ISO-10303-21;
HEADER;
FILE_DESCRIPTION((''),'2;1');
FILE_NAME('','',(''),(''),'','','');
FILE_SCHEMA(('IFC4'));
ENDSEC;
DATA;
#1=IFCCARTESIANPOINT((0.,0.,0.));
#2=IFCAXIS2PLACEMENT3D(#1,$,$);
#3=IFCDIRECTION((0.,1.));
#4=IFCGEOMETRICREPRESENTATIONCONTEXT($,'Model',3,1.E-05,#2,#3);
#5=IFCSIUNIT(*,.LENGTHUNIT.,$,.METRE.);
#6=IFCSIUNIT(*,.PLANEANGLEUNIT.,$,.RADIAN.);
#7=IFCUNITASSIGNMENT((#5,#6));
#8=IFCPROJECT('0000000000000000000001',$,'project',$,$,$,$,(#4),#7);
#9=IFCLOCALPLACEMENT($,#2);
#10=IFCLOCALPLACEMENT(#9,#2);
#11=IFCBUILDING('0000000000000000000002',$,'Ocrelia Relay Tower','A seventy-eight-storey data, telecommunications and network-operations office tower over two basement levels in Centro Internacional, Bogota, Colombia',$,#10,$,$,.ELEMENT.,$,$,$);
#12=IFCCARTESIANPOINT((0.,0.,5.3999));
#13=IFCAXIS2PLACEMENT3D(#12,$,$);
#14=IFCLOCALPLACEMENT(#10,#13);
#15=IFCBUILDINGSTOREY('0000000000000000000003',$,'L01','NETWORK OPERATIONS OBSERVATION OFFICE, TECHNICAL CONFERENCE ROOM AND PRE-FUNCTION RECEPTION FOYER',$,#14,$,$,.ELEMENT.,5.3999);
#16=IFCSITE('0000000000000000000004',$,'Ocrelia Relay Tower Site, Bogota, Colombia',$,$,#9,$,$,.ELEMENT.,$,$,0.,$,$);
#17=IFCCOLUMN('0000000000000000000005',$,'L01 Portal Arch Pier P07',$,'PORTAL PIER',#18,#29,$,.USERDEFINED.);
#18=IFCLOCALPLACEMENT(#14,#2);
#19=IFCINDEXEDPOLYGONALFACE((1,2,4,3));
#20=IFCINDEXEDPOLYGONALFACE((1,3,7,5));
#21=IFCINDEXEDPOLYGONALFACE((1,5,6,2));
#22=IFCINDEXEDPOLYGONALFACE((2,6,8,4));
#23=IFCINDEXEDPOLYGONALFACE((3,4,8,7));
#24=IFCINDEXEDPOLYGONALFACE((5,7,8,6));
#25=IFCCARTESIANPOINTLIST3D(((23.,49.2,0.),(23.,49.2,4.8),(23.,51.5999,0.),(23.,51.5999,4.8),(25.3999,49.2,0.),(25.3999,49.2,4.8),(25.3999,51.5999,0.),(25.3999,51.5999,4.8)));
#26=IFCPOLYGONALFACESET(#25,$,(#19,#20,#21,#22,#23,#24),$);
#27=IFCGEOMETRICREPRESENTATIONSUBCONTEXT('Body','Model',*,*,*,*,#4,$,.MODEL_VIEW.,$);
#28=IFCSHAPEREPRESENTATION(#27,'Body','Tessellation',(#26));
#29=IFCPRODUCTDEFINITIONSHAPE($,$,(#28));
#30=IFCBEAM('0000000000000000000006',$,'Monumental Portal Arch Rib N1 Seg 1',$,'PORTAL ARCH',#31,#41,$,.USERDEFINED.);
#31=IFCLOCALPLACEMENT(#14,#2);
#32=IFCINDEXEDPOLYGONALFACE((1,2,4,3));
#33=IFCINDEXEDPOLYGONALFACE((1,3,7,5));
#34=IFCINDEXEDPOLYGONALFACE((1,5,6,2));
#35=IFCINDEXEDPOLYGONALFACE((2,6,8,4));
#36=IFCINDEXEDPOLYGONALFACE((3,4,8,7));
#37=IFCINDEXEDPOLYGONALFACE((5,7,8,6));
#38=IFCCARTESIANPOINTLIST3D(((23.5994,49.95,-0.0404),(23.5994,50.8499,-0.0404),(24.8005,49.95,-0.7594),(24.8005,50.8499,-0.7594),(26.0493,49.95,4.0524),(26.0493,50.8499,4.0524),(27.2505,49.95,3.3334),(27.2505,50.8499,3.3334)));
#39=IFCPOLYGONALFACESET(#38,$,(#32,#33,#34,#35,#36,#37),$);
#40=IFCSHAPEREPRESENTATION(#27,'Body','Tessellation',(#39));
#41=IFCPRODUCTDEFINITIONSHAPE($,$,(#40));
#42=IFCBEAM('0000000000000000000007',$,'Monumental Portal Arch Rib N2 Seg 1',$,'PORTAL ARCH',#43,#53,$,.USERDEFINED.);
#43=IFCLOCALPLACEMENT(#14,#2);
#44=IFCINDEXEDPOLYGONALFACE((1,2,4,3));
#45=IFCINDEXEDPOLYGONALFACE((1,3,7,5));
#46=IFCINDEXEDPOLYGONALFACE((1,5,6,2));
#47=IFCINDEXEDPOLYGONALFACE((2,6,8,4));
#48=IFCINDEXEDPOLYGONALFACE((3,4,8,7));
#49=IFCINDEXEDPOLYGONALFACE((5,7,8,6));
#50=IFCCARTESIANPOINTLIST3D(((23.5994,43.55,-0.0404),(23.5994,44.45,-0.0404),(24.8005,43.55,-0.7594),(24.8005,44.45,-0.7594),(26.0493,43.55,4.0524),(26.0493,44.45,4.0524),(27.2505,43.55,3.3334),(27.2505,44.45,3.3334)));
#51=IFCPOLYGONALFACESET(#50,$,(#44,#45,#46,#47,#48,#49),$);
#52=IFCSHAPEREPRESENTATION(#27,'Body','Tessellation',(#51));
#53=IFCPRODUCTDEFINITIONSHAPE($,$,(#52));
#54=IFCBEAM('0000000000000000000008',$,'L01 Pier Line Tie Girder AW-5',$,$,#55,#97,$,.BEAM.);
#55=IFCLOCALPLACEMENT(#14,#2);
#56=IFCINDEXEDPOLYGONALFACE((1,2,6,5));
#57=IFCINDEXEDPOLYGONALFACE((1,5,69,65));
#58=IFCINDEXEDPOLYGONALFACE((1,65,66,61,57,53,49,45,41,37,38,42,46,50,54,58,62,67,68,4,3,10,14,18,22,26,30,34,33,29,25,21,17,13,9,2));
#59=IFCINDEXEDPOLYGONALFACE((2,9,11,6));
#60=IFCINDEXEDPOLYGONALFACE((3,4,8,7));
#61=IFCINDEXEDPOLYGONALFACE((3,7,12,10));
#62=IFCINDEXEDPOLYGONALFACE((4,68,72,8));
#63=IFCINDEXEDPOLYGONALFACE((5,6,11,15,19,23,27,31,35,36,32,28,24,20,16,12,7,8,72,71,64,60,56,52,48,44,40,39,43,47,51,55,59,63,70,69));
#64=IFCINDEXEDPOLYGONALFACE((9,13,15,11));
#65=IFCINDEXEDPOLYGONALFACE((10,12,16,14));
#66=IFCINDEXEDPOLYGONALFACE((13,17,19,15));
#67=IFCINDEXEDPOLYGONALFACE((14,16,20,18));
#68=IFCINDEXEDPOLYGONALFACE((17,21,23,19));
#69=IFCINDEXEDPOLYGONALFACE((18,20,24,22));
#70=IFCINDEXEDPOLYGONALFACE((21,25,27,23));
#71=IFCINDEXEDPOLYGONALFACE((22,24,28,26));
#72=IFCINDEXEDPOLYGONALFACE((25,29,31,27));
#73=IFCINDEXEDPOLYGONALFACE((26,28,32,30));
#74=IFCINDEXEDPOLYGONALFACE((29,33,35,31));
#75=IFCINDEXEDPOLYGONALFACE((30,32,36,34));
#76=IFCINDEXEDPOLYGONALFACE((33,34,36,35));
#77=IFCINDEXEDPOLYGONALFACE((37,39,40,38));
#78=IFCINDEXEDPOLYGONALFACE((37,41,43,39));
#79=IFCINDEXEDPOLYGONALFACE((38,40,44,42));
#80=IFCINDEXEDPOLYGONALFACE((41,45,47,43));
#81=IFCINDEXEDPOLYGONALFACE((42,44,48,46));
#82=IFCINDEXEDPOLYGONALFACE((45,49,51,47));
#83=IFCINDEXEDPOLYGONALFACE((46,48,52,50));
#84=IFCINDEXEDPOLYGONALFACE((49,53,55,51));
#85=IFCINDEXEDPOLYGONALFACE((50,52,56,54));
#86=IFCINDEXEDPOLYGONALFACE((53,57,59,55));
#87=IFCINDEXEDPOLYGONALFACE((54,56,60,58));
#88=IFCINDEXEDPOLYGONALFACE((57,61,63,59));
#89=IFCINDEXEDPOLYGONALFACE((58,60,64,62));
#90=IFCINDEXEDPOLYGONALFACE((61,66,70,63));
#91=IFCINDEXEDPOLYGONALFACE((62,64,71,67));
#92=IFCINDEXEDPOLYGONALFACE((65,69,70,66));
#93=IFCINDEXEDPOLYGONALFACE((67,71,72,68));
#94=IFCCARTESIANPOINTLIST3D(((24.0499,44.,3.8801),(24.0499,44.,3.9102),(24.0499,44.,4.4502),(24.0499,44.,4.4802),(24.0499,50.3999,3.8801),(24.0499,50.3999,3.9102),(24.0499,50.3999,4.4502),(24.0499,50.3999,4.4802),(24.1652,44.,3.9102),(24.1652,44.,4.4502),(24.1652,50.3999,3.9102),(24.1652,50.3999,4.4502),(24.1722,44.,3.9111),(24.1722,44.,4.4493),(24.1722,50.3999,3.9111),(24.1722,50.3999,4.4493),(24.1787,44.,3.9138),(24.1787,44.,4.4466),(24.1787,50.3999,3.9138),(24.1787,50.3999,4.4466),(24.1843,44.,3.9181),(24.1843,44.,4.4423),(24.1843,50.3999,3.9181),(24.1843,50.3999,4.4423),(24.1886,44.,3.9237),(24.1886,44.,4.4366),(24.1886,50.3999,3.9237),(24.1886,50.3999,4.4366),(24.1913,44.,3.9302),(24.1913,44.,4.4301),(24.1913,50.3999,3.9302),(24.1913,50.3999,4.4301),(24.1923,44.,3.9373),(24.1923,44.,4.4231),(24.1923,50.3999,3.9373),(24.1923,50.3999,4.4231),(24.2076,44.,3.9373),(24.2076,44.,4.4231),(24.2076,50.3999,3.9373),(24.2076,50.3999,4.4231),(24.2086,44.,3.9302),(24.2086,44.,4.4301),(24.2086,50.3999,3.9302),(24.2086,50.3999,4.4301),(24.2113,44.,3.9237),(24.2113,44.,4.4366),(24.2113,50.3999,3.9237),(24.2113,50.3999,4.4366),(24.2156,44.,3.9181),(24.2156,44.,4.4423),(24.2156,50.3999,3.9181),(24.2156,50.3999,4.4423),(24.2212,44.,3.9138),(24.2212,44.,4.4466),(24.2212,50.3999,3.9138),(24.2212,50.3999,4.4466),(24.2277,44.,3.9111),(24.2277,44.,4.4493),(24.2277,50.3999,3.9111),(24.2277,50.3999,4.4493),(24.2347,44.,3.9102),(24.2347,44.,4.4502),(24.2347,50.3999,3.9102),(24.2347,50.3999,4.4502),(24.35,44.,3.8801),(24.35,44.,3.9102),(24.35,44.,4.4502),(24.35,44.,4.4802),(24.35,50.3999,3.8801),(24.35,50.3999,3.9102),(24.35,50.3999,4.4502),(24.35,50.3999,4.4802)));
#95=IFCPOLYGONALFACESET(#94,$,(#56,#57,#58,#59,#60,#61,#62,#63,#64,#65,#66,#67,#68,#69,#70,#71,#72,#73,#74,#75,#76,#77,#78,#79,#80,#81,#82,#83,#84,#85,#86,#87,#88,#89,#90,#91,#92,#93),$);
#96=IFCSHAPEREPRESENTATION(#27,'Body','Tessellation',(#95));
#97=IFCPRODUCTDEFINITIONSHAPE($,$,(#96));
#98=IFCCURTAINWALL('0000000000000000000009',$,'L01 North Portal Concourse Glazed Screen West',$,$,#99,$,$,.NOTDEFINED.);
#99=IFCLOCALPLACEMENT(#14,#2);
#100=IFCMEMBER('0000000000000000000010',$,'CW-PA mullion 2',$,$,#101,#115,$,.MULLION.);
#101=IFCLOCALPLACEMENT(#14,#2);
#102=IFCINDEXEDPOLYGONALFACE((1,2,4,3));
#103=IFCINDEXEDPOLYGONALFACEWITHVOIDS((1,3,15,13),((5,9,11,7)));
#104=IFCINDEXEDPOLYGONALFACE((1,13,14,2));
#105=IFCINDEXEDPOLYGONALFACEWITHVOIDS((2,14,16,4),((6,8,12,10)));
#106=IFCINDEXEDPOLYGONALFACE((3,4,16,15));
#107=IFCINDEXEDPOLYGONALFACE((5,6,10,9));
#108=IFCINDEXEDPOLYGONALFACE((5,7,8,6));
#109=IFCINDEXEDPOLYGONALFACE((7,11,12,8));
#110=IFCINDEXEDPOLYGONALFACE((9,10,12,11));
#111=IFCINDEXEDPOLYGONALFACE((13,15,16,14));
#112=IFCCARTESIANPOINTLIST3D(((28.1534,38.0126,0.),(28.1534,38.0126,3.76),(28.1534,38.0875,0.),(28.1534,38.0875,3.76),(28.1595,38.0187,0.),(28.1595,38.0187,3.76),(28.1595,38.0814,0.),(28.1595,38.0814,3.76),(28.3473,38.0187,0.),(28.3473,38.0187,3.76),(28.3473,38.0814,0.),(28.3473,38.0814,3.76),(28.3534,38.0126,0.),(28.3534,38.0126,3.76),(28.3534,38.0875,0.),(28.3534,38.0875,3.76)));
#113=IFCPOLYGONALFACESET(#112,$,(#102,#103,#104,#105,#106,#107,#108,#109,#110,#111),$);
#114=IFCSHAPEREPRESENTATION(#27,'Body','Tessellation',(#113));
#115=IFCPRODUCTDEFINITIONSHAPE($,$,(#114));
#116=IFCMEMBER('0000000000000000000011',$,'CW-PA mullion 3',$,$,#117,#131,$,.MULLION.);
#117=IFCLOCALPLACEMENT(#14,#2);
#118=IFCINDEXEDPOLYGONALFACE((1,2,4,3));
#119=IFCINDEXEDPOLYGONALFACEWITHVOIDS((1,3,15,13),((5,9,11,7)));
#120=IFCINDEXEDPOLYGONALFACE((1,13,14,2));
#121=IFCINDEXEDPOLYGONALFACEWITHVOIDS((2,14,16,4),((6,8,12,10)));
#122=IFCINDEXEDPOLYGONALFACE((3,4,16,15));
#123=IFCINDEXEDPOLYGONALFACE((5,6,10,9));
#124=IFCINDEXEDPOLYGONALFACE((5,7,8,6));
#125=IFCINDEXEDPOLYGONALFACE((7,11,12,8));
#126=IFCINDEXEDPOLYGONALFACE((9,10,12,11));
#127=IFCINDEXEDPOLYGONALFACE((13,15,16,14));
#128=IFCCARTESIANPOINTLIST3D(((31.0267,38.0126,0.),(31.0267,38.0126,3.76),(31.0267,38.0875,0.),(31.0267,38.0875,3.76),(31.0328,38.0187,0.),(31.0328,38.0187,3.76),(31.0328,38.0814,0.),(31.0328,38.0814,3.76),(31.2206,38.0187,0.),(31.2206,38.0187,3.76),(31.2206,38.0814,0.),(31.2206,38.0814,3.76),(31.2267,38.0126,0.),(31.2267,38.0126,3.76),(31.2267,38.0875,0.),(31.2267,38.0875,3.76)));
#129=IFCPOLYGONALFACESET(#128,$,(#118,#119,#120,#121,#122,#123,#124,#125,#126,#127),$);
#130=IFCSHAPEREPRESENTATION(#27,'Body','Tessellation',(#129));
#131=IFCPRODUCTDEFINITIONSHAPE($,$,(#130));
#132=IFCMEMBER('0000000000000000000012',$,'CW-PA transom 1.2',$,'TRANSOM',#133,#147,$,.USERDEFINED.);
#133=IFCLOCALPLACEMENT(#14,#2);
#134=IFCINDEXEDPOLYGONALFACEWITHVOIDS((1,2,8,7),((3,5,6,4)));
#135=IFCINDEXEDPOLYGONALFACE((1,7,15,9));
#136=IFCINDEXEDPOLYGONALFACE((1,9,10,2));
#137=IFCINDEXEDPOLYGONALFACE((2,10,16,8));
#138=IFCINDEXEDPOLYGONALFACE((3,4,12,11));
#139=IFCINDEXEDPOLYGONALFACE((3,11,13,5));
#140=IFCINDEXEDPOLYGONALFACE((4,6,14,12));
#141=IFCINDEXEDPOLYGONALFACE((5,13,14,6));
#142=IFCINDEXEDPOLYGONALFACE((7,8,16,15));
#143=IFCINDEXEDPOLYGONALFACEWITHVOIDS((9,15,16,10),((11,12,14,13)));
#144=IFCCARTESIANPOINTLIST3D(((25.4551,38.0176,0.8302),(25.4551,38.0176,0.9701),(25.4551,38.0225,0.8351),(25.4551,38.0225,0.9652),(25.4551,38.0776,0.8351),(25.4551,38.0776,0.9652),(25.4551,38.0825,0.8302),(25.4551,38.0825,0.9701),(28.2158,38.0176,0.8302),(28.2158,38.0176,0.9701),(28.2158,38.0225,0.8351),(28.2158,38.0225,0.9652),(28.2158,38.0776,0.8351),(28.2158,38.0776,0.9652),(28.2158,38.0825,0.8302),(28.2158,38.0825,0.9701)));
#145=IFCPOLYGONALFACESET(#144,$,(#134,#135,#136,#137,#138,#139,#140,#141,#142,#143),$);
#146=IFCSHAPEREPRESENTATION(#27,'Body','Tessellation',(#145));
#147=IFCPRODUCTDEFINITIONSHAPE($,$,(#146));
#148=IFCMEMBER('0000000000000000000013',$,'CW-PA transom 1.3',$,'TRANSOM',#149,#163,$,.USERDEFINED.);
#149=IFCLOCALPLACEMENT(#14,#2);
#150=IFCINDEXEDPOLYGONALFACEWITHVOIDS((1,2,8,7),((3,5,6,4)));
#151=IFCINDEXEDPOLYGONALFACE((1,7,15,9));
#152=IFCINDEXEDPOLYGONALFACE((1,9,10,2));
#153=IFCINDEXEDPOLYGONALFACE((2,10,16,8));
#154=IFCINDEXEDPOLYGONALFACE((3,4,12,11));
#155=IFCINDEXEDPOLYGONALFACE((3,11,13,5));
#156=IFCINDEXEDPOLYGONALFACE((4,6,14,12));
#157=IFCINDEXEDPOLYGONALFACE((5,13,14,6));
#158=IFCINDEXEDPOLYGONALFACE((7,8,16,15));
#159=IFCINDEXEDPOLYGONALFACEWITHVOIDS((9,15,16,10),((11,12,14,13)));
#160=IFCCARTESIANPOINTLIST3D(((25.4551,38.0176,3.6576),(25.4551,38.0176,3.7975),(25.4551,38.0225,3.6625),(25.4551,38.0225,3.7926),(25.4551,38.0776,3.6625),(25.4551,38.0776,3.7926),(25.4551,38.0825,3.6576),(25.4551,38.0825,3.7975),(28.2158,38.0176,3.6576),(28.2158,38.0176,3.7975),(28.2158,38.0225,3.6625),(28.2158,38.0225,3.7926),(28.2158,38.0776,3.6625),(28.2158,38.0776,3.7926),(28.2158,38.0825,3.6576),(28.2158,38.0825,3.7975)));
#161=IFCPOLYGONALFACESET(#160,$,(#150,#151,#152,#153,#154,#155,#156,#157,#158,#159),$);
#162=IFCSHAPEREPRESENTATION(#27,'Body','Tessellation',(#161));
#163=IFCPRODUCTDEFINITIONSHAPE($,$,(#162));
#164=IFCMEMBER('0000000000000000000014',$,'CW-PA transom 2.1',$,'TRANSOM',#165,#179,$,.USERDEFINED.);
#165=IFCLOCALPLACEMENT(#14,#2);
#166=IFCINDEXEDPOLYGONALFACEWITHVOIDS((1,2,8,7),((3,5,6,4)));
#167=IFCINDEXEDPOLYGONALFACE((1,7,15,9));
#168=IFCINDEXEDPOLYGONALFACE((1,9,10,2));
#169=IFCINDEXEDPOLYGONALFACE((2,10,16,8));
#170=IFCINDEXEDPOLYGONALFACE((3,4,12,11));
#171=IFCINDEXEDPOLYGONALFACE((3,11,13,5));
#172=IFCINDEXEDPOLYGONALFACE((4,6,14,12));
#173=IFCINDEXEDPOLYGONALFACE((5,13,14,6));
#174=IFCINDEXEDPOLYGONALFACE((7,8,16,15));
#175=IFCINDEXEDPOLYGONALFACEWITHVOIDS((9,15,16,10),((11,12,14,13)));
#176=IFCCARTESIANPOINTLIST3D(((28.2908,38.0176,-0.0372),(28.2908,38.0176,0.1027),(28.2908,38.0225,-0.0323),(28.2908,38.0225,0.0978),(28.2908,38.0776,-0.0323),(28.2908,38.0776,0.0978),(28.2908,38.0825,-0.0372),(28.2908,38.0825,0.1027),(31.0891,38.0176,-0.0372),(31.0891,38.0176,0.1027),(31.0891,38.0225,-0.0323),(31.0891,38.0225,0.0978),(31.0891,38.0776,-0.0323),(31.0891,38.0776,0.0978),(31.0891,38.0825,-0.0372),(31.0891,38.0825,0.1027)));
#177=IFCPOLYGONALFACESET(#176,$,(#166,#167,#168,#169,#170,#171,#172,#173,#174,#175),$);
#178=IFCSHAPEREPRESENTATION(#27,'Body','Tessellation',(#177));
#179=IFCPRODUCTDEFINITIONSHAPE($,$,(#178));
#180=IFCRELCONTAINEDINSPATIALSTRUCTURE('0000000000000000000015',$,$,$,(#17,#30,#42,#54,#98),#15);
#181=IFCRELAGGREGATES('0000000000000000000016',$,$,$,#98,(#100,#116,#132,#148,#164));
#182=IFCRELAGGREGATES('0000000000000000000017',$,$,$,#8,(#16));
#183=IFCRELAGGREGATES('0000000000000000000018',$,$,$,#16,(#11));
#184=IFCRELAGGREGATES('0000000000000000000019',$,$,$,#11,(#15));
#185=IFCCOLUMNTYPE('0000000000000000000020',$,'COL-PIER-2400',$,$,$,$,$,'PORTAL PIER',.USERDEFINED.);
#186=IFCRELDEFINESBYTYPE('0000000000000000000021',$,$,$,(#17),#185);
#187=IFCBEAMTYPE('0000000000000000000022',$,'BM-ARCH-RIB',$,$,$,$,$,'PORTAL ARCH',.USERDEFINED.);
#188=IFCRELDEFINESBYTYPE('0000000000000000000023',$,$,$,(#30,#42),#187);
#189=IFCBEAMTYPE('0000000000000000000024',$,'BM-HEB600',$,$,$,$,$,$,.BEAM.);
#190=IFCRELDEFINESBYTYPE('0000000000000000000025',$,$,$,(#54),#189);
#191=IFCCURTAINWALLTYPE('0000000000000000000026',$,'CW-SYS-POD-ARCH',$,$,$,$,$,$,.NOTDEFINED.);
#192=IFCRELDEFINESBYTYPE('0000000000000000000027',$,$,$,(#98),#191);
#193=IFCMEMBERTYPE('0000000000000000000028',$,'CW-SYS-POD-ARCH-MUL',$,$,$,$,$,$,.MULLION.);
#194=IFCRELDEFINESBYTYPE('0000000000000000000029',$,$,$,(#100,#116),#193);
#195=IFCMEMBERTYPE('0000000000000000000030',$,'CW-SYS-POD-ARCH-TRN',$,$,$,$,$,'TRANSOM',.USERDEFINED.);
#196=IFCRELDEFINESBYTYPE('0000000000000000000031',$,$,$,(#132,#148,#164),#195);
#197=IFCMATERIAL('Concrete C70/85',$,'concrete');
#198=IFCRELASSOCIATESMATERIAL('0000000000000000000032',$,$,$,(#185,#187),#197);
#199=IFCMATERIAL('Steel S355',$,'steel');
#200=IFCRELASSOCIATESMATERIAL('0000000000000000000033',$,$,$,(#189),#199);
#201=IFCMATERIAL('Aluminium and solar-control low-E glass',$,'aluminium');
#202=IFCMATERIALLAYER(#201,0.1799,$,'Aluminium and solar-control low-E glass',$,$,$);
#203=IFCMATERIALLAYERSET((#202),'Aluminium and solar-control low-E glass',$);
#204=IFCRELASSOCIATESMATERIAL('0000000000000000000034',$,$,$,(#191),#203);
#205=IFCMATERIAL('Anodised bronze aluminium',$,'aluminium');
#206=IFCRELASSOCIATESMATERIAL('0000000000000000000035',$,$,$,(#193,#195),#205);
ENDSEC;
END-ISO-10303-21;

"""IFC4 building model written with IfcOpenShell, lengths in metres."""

from ifc_helpers import new_model, si_unit, direction, frame, origin, origin_2d, place, context, subcontext, project, spatial, rectangle, hollow_rectangle, i_section, extrude, material, layer, layer_set, material_profile, profile_set, type_object, element, aggregate, save


model = new_model("IFC4")

# Units and contexts
model_context = context("Model", 3, precision=1e-05, world=origin(), true_north=direction((0.0, 1.0)))
body_context = subcontext(model_context, "Body", "Model", "MODEL_VIEW")
ifc_project = project(units=[si_unit("LENGTHUNIT", "METRE"), si_unit("PLANEANGLEUNIT", "RADIAN")], contexts=[model_context])

# Site, building, storey
site_placement = place(None, origin())
site = spatial("IfcSite", under=ifc_project, at=site_placement, Name="Ocrelia Relay Tower Site, Bogota, Colombia", CompositionType="ELEMENT", RefElevation=0.0)
building_placement = place(site_placement, origin())
building = spatial("IfcBuilding", under=site, at=building_placement, Name="Ocrelia Relay Tower", Description="A seventy-eight-storey data, telecommunications and network-operations office tower over two basement levels in Centro Internacional, Bogota, Colombia", CompositionType="ELEMENT")
storey_placement = place(building_placement, frame((0.0, 0.0, 5.3999)))
storey = spatial("IfcBuildingStorey", under=building, at=storey_placement, Name="L01", Description="NETWORK OPERATIONS OBSERVATION OFFICE, TECHNICAL CONFERENCE ROOM AND PRE-FUNCTION RECEPTION FOYER", CompositionType="ELEMENT", Elevation=5.3999)

# Column
ifc_material_1 = material(Name="Concrete C70/85", Category="concrete")
ifc_material_profile_1 = material_profile(ifc_material_1, rectangle(XDim=2.3999, YDim=2.3999, at=origin_2d()), Name="RC-PIER-2400x2400")
ifc_profile_set_1 = profile_set([ifc_material_profile_1], Name="Concrete C70/85")
column_type = type_object("IfcColumnType", Name="COL-PIER-2400", ElementType="PORTAL PIER", PredefinedType="USERDEFINED", material=ifc_profile_set_1)
column_placement = place(storey_placement, frame((24.2, 50.3999, 0.0), z_axis=(0.0, 0.0, 1.0), x_axis=(1.0, 0.0, 0.0)))
element("IfcColumn", 1, at=column_placement, inside=storey, type_object=column_type, Name="L01 Portal Arch Pier P07", ObjectType="PORTAL PIER", PredefinedType="USERDEFINED", context=body_context, shape_type="SweptSolid", body=[
    extrude(rectangle(XDim=2.3999, YDim=2.3999, at=origin_2d()), origin(), (0.0, 0.0, 1.0), 4.8),
])

# Beams
ifc_material_profile_2 = material_profile(ifc_material_1, rectangle(XDim=0.8999, YDim=1.3999, at=origin_2d()), Name="RC-BM-900x1400")
ifc_profile_set_2 = profile_set([ifc_material_profile_2], Name="Concrete C70/85")
beam_type_1 = type_object("IfcBeamType", Name="BM-ARCH-RIB", ElementType="PORTAL ARCH", PredefinedType="USERDEFINED", material=ifc_profile_set_2)
for number, where, z_axis, x_axis, name in (
    (2, (24.2, 50.3999, -0.3999), (0.513615, 0.0, 0.858021), (0.0, 1.0, 0.0), "Monumental Portal Arch Rib N1 Seg 1"),
    (3, (24.2, 44.0, -0.3999), (0.513615, 0.0, 0.858021), (0.0, 1.0, 0.0), "Monumental Portal Arch Rib N2 Seg 1"),
):
    element("IfcBeam", number, at=place(storey_placement, frame(where, z_axis=z_axis, x_axis=x_axis)), inside=storey, type_object=beam_type_1, Name=name, ObjectType="PORTAL ARCH", PredefinedType="USERDEFINED", context=body_context, shape_type="SweptSolid", body=[
        extrude(rectangle(XDim=0.8999, YDim=1.3999, at=origin_2d()), origin(), (0.0, 0.0, 1.0), 4.77),
    ])
ifc_material_2 = material(Name="Steel S355", Category="steel")
ifc_material_profile_3 = material_profile(ifc_material_2, i_section(OverallWidth=0.3, OverallDepth=0.6001, WebThickness=0.0154, FlangeThickness=0.03, FilletRadius=0.0271, at=origin_2d()), Name="HEB 600")
ifc_profile_set_3 = profile_set([ifc_material_profile_3], Name="Steel S355")
beam_type_2 = type_object("IfcBeamType", Name="BM-HEB600", PredefinedType="BEAM", material=ifc_profile_set_3)
beam_placement = place(storey_placement, frame((24.2, 44.0, 4.1802), z_axis=(0.0, 1.0, 0.0), x_axis=(-1.0, 0.0, 0.0)))
element("IfcBeam", 4, at=beam_placement, inside=storey, type_object=beam_type_2, Name="L01 Pier Line Tie Girder AW-5", PredefinedType="BEAM", context=body_context, shape_type="SweptSolid", body=[
    extrude(i_section(OverallWidth=0.3, OverallDepth=0.6001, WebThickness=0.0154, FlangeThickness=0.03, FilletRadius=0.0271, at=origin_2d()), origin(), (0.0, 0.0, 1.0), 6.3999),
])

# Curtain wall, members
ifc_material_3 = material(Name="Aluminium and solar-control low-E glass", Category="aluminium")
ifc_layer_1 = layer(ifc_material_3, 0.1799, Name="Aluminium and solar-control low-E glass")
ifc_layer_set_1 = layer_set([ifc_layer_1], Name="Aluminium and solar-control low-E glass")
curtain_wall_type = type_object("IfcCurtainWallType", Name="CW-SYS-POD-ARCH", PredefinedType="NOTDEFINED", material=ifc_layer_set_1)
curtain_wall_placement = place(storey_placement, origin())
curtain_wall = element("IfcCurtainWall", 5, at=curtain_wall_placement, inside=storey, type_object=curtain_wall_type, Name="L01 North Portal Concourse Glazed Screen West", PredefinedType="NOTDEFINED")
ifc_material_4 = material(Name="Anodised bronze aluminium", Category="aluminium")
ifc_material_profile_4 = material_profile(ifc_material_4, hollow_rectangle(XDim=0.075, YDim=0.2, WallThickness=0.0061, at=origin_2d()), Name="CW-MUL-200x75")
ifc_profile_set_4 = profile_set([ifc_material_profile_4], Name="Anodised bronze aluminium")
member_type_1 = type_object("IfcMemberType", Name="CW-SYS-POD-ARCH-MUL", PredefinedType="MULLION", material=ifc_profile_set_4)
member_1_placement = place(storey_placement, frame((28.2534, 38.05, 0.0), z_axis=(0.0, 0.0, 1.0), x_axis=(0.0, 1.0, 0.0)))
member_1 = element("IfcMember", 6, at=member_1_placement, type_object=member_type_1, Name="CW-PA mullion 2", PredefinedType="MULLION", context=body_context, shape_type="SweptSolid", body=[
    extrude(hollow_rectangle(XDim=0.075, YDim=0.2, WallThickness=0.0061, at=origin_2d()), origin(), (0.0, 0.0, 1.0), 3.76),
])
member_2_placement = place(storey_placement, frame((31.1267, 38.05, 0.0), z_axis=(0.0, 0.0, 1.0), x_axis=(0.0, 1.0, 0.0)))
member_2 = element("IfcMember", 7, at=member_2_placement, type_object=member_type_1, Name="CW-PA mullion 3", PredefinedType="MULLION", context=body_context, shape_type="SweptSolid", body=[
    extrude(hollow_rectangle(XDim=0.075, YDim=0.2, WallThickness=0.0061, at=origin_2d()), origin(), (0.0, 0.0, 1.0), 3.76),
])
ifc_material_profile_5 = material_profile(ifc_material_4, hollow_rectangle(XDim=0.0649, YDim=0.1399, WallThickness=0.0049, at=origin_2d()), Name="CW-TRN-140x65")
ifc_profile_set_5 = profile_set([ifc_material_profile_5], Name="Anodised bronze aluminium")
member_type_2 = type_object("IfcMemberType", Name="CW-SYS-POD-ARCH-TRN", ElementType="TRANSOM", PredefinedType="USERDEFINED", material=ifc_profile_set_5)
member_3_placement = place(storey_placement, frame((25.4551, 38.05, 0.9001), z_axis=(1.0, 0.0, 0.0), x_axis=(0.0, 1.0, 0.0)))
member_3 = element("IfcMember", 8, at=member_3_placement, type_object=member_type_2, Name="CW-PA transom 1.2", ObjectType="TRANSOM", PredefinedType="USERDEFINED", context=body_context, shape_type="SweptSolid", body=[
    extrude(hollow_rectangle(XDim=0.0649, YDim=0.1399, WallThickness=0.0049, at=origin_2d()), origin(), (0.0, 0.0, 1.0), 2.7607),
])
member_4_placement = place(storey_placement, frame((25.4551, 38.05, 3.7275), z_axis=(1.0, 0.0, 0.0), x_axis=(0.0, 1.0, 0.0)))
member_4 = element("IfcMember", 9, at=member_4_placement, type_object=member_type_2, Name="CW-PA transom 1.3", ObjectType="TRANSOM", PredefinedType="USERDEFINED", context=body_context, shape_type="SweptSolid", body=[
    extrude(hollow_rectangle(XDim=0.0649, YDim=0.1399, WallThickness=0.0049, at=origin_2d()), origin(), (0.0, 0.0, 1.0), 2.7607),
])
member_5_placement = place(storey_placement, frame((28.2908, 38.05, 0.0327), z_axis=(1.0, 0.0, 0.0), x_axis=(0.0, 1.0, 0.0)))
member_5 = element("IfcMember", 10, at=member_5_placement, type_object=member_type_2, Name="CW-PA transom 2.1", ObjectType="TRANSOM", PredefinedType="USERDEFINED", context=body_context, shape_type="SweptSolid", body=[
    extrude(hollow_rectangle(XDim=0.0649, YDim=0.1399, WallThickness=0.0049, at=origin_2d()), origin(), (0.0, 0.0, 1.0), 2.7983),
])
aggregate(curtain_wall, [member_1, member_2, member_3, member_4, member_5])

save(model, "model.ifc")
